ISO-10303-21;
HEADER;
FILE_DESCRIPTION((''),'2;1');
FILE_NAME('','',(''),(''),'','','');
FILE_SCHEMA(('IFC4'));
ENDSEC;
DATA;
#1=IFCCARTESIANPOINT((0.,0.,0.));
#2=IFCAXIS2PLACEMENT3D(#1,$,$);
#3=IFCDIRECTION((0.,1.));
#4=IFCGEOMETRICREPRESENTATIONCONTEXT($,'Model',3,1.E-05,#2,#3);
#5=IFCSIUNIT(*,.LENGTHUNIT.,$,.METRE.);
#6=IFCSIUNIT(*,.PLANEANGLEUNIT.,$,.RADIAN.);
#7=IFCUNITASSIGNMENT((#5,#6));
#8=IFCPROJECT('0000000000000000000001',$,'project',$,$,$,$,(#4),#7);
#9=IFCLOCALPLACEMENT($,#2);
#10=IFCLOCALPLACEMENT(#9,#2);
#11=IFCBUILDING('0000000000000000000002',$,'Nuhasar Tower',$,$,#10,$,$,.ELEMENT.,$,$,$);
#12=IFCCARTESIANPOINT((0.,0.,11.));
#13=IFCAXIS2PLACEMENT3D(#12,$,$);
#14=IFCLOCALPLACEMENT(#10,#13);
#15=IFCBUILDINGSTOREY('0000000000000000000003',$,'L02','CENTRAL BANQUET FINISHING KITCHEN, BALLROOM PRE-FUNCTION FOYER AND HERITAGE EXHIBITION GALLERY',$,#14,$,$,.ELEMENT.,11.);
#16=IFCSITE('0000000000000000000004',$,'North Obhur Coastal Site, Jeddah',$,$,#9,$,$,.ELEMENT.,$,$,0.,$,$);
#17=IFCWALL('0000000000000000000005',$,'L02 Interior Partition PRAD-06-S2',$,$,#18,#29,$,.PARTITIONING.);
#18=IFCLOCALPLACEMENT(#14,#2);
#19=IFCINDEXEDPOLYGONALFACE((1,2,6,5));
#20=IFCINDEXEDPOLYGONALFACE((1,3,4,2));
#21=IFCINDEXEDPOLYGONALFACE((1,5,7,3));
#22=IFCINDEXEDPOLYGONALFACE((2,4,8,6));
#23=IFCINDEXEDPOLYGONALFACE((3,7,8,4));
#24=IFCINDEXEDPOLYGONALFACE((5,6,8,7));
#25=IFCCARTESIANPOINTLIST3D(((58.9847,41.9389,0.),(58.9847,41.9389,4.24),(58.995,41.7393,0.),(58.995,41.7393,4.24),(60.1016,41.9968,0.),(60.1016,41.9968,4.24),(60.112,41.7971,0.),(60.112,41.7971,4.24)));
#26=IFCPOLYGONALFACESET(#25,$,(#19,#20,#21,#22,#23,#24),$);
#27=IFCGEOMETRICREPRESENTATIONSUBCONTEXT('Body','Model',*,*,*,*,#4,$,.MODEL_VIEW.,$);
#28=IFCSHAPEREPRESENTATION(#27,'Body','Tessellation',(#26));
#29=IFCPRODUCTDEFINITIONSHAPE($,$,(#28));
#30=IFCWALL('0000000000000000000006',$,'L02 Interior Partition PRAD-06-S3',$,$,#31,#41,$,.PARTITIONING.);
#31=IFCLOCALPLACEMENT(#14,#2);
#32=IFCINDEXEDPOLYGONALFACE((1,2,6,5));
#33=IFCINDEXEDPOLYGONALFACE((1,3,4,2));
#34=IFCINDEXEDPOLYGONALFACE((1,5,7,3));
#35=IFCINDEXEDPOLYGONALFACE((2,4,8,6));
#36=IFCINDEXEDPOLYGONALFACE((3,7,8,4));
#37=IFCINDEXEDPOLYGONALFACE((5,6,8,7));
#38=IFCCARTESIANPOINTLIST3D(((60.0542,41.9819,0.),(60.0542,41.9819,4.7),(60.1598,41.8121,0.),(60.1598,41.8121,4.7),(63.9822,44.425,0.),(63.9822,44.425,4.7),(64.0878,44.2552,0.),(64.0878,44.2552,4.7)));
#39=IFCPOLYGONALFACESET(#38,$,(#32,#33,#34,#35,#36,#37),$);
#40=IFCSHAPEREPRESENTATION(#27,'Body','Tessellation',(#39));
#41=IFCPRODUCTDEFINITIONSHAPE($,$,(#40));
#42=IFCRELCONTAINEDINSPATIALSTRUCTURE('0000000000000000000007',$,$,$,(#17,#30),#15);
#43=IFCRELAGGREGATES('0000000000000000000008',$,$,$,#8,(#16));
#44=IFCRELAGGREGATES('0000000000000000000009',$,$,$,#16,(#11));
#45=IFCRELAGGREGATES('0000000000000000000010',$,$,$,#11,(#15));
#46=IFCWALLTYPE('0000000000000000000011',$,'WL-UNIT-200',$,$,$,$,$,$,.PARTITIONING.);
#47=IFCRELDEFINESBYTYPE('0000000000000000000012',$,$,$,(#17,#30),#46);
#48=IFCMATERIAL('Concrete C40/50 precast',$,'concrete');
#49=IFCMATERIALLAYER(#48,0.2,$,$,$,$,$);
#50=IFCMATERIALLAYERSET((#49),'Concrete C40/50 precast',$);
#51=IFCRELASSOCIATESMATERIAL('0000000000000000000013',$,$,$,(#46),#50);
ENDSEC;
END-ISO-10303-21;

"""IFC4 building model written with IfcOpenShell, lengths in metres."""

from ifc_helpers import new_model, si_unit, direction, frame, frame_2d, origin, place, context, subcontext, project, spatial, rectangle, extrude, material, layer, layer_set, type_object, element, save


model = new_model("IFC4")

# Units and contexts
model_context = context("Model", 3, precision=1e-05, world=origin(), true_north=direction((0.0, 1.0)))
body_context = subcontext(model_context, "Body", "Model", "MODEL_VIEW")
ifc_project = project(units=[si_unit("LENGTHUNIT", "METRE"), si_unit("PLANEANGLEUNIT", "RADIAN")], contexts=[model_context])

# Site, building, storey
site_placement = place(None, origin())
site = spatial("IfcSite", under=ifc_project, at=site_placement, Name="North Obhur Coastal Site, Jeddah", CompositionType="ELEMENT", RefElevation=0.0)
building_placement = place(site_placement, origin())
building = spatial("IfcBuilding", under=site, at=building_placement, Name="Nuhasar Tower", CompositionType="ELEMENT")
storey_placement = place(building_placement, frame((0.0, 0.0, 11.0)))
storey = spatial("IfcBuildingStorey", under=building, at=storey_placement, Name="L02", Description="CENTRAL BANQUET FINISHING KITCHEN, BALLROOM PRE-FUNCTION FOYER AND HERITAGE EXHIBITION GALLERY", CompositionType="ELEMENT", Elevation=11.0)

# Walls
ifc_material_1 = material(Name="Concrete C40/50 precast", Category="concrete")
ifc_layer_1 = layer(ifc_material_1, 0.2)
ifc_layer_set_1 = layer_set([ifc_layer_1], Name="Concrete C40/50 precast")
wall_type = type_object("IfcWallType", Name="WL-UNIT-200", PredefinedType="PARTITIONING", material=ifc_layer_set_1)
wall_1_placement = place(storey_placement, frame((58.99, 41.8391, 0.0), z_axis=(0.0, 0.0, 1.0), x_axis=(0.998661, 0.051734, 0.0)))
element("IfcWall", 1, at=wall_1_placement, inside=storey, type_object=wall_type, Name="L02 Interior Partition PRAD-06-S2", PredefinedType="PARTITIONING", context=body_context, shape_type="SweptSolid", body=[
    extrude(rectangle(XDim=1.1184, YDim=0.2, at=frame_2d((0.5591, 0.0))), origin(), (0.0, 0.0, 1.0), 4.24),
])
wall_2_placement = place(storey_placement, frame((60.1069, 41.897, 0.0), z_axis=(0.0, 0.0, 1.0), x_axis=(0.84915, 0.528152, 0.0)))
element("IfcWall", 2, at=wall_2_placement, inside=storey, type_object=wall_type, Name="L02 Interior Partition PRAD-06-S3", PredefinedType="PARTITIONING", context=body_context, shape_type="SweptSolid", body=[
    extrude(rectangle(XDim=4.6257, YDim=0.2, at=frame_2d((2.313, 0.0))), origin(), (0.0, 0.0, 1.0), 4.7),
])

save(model, "model.ifc")
